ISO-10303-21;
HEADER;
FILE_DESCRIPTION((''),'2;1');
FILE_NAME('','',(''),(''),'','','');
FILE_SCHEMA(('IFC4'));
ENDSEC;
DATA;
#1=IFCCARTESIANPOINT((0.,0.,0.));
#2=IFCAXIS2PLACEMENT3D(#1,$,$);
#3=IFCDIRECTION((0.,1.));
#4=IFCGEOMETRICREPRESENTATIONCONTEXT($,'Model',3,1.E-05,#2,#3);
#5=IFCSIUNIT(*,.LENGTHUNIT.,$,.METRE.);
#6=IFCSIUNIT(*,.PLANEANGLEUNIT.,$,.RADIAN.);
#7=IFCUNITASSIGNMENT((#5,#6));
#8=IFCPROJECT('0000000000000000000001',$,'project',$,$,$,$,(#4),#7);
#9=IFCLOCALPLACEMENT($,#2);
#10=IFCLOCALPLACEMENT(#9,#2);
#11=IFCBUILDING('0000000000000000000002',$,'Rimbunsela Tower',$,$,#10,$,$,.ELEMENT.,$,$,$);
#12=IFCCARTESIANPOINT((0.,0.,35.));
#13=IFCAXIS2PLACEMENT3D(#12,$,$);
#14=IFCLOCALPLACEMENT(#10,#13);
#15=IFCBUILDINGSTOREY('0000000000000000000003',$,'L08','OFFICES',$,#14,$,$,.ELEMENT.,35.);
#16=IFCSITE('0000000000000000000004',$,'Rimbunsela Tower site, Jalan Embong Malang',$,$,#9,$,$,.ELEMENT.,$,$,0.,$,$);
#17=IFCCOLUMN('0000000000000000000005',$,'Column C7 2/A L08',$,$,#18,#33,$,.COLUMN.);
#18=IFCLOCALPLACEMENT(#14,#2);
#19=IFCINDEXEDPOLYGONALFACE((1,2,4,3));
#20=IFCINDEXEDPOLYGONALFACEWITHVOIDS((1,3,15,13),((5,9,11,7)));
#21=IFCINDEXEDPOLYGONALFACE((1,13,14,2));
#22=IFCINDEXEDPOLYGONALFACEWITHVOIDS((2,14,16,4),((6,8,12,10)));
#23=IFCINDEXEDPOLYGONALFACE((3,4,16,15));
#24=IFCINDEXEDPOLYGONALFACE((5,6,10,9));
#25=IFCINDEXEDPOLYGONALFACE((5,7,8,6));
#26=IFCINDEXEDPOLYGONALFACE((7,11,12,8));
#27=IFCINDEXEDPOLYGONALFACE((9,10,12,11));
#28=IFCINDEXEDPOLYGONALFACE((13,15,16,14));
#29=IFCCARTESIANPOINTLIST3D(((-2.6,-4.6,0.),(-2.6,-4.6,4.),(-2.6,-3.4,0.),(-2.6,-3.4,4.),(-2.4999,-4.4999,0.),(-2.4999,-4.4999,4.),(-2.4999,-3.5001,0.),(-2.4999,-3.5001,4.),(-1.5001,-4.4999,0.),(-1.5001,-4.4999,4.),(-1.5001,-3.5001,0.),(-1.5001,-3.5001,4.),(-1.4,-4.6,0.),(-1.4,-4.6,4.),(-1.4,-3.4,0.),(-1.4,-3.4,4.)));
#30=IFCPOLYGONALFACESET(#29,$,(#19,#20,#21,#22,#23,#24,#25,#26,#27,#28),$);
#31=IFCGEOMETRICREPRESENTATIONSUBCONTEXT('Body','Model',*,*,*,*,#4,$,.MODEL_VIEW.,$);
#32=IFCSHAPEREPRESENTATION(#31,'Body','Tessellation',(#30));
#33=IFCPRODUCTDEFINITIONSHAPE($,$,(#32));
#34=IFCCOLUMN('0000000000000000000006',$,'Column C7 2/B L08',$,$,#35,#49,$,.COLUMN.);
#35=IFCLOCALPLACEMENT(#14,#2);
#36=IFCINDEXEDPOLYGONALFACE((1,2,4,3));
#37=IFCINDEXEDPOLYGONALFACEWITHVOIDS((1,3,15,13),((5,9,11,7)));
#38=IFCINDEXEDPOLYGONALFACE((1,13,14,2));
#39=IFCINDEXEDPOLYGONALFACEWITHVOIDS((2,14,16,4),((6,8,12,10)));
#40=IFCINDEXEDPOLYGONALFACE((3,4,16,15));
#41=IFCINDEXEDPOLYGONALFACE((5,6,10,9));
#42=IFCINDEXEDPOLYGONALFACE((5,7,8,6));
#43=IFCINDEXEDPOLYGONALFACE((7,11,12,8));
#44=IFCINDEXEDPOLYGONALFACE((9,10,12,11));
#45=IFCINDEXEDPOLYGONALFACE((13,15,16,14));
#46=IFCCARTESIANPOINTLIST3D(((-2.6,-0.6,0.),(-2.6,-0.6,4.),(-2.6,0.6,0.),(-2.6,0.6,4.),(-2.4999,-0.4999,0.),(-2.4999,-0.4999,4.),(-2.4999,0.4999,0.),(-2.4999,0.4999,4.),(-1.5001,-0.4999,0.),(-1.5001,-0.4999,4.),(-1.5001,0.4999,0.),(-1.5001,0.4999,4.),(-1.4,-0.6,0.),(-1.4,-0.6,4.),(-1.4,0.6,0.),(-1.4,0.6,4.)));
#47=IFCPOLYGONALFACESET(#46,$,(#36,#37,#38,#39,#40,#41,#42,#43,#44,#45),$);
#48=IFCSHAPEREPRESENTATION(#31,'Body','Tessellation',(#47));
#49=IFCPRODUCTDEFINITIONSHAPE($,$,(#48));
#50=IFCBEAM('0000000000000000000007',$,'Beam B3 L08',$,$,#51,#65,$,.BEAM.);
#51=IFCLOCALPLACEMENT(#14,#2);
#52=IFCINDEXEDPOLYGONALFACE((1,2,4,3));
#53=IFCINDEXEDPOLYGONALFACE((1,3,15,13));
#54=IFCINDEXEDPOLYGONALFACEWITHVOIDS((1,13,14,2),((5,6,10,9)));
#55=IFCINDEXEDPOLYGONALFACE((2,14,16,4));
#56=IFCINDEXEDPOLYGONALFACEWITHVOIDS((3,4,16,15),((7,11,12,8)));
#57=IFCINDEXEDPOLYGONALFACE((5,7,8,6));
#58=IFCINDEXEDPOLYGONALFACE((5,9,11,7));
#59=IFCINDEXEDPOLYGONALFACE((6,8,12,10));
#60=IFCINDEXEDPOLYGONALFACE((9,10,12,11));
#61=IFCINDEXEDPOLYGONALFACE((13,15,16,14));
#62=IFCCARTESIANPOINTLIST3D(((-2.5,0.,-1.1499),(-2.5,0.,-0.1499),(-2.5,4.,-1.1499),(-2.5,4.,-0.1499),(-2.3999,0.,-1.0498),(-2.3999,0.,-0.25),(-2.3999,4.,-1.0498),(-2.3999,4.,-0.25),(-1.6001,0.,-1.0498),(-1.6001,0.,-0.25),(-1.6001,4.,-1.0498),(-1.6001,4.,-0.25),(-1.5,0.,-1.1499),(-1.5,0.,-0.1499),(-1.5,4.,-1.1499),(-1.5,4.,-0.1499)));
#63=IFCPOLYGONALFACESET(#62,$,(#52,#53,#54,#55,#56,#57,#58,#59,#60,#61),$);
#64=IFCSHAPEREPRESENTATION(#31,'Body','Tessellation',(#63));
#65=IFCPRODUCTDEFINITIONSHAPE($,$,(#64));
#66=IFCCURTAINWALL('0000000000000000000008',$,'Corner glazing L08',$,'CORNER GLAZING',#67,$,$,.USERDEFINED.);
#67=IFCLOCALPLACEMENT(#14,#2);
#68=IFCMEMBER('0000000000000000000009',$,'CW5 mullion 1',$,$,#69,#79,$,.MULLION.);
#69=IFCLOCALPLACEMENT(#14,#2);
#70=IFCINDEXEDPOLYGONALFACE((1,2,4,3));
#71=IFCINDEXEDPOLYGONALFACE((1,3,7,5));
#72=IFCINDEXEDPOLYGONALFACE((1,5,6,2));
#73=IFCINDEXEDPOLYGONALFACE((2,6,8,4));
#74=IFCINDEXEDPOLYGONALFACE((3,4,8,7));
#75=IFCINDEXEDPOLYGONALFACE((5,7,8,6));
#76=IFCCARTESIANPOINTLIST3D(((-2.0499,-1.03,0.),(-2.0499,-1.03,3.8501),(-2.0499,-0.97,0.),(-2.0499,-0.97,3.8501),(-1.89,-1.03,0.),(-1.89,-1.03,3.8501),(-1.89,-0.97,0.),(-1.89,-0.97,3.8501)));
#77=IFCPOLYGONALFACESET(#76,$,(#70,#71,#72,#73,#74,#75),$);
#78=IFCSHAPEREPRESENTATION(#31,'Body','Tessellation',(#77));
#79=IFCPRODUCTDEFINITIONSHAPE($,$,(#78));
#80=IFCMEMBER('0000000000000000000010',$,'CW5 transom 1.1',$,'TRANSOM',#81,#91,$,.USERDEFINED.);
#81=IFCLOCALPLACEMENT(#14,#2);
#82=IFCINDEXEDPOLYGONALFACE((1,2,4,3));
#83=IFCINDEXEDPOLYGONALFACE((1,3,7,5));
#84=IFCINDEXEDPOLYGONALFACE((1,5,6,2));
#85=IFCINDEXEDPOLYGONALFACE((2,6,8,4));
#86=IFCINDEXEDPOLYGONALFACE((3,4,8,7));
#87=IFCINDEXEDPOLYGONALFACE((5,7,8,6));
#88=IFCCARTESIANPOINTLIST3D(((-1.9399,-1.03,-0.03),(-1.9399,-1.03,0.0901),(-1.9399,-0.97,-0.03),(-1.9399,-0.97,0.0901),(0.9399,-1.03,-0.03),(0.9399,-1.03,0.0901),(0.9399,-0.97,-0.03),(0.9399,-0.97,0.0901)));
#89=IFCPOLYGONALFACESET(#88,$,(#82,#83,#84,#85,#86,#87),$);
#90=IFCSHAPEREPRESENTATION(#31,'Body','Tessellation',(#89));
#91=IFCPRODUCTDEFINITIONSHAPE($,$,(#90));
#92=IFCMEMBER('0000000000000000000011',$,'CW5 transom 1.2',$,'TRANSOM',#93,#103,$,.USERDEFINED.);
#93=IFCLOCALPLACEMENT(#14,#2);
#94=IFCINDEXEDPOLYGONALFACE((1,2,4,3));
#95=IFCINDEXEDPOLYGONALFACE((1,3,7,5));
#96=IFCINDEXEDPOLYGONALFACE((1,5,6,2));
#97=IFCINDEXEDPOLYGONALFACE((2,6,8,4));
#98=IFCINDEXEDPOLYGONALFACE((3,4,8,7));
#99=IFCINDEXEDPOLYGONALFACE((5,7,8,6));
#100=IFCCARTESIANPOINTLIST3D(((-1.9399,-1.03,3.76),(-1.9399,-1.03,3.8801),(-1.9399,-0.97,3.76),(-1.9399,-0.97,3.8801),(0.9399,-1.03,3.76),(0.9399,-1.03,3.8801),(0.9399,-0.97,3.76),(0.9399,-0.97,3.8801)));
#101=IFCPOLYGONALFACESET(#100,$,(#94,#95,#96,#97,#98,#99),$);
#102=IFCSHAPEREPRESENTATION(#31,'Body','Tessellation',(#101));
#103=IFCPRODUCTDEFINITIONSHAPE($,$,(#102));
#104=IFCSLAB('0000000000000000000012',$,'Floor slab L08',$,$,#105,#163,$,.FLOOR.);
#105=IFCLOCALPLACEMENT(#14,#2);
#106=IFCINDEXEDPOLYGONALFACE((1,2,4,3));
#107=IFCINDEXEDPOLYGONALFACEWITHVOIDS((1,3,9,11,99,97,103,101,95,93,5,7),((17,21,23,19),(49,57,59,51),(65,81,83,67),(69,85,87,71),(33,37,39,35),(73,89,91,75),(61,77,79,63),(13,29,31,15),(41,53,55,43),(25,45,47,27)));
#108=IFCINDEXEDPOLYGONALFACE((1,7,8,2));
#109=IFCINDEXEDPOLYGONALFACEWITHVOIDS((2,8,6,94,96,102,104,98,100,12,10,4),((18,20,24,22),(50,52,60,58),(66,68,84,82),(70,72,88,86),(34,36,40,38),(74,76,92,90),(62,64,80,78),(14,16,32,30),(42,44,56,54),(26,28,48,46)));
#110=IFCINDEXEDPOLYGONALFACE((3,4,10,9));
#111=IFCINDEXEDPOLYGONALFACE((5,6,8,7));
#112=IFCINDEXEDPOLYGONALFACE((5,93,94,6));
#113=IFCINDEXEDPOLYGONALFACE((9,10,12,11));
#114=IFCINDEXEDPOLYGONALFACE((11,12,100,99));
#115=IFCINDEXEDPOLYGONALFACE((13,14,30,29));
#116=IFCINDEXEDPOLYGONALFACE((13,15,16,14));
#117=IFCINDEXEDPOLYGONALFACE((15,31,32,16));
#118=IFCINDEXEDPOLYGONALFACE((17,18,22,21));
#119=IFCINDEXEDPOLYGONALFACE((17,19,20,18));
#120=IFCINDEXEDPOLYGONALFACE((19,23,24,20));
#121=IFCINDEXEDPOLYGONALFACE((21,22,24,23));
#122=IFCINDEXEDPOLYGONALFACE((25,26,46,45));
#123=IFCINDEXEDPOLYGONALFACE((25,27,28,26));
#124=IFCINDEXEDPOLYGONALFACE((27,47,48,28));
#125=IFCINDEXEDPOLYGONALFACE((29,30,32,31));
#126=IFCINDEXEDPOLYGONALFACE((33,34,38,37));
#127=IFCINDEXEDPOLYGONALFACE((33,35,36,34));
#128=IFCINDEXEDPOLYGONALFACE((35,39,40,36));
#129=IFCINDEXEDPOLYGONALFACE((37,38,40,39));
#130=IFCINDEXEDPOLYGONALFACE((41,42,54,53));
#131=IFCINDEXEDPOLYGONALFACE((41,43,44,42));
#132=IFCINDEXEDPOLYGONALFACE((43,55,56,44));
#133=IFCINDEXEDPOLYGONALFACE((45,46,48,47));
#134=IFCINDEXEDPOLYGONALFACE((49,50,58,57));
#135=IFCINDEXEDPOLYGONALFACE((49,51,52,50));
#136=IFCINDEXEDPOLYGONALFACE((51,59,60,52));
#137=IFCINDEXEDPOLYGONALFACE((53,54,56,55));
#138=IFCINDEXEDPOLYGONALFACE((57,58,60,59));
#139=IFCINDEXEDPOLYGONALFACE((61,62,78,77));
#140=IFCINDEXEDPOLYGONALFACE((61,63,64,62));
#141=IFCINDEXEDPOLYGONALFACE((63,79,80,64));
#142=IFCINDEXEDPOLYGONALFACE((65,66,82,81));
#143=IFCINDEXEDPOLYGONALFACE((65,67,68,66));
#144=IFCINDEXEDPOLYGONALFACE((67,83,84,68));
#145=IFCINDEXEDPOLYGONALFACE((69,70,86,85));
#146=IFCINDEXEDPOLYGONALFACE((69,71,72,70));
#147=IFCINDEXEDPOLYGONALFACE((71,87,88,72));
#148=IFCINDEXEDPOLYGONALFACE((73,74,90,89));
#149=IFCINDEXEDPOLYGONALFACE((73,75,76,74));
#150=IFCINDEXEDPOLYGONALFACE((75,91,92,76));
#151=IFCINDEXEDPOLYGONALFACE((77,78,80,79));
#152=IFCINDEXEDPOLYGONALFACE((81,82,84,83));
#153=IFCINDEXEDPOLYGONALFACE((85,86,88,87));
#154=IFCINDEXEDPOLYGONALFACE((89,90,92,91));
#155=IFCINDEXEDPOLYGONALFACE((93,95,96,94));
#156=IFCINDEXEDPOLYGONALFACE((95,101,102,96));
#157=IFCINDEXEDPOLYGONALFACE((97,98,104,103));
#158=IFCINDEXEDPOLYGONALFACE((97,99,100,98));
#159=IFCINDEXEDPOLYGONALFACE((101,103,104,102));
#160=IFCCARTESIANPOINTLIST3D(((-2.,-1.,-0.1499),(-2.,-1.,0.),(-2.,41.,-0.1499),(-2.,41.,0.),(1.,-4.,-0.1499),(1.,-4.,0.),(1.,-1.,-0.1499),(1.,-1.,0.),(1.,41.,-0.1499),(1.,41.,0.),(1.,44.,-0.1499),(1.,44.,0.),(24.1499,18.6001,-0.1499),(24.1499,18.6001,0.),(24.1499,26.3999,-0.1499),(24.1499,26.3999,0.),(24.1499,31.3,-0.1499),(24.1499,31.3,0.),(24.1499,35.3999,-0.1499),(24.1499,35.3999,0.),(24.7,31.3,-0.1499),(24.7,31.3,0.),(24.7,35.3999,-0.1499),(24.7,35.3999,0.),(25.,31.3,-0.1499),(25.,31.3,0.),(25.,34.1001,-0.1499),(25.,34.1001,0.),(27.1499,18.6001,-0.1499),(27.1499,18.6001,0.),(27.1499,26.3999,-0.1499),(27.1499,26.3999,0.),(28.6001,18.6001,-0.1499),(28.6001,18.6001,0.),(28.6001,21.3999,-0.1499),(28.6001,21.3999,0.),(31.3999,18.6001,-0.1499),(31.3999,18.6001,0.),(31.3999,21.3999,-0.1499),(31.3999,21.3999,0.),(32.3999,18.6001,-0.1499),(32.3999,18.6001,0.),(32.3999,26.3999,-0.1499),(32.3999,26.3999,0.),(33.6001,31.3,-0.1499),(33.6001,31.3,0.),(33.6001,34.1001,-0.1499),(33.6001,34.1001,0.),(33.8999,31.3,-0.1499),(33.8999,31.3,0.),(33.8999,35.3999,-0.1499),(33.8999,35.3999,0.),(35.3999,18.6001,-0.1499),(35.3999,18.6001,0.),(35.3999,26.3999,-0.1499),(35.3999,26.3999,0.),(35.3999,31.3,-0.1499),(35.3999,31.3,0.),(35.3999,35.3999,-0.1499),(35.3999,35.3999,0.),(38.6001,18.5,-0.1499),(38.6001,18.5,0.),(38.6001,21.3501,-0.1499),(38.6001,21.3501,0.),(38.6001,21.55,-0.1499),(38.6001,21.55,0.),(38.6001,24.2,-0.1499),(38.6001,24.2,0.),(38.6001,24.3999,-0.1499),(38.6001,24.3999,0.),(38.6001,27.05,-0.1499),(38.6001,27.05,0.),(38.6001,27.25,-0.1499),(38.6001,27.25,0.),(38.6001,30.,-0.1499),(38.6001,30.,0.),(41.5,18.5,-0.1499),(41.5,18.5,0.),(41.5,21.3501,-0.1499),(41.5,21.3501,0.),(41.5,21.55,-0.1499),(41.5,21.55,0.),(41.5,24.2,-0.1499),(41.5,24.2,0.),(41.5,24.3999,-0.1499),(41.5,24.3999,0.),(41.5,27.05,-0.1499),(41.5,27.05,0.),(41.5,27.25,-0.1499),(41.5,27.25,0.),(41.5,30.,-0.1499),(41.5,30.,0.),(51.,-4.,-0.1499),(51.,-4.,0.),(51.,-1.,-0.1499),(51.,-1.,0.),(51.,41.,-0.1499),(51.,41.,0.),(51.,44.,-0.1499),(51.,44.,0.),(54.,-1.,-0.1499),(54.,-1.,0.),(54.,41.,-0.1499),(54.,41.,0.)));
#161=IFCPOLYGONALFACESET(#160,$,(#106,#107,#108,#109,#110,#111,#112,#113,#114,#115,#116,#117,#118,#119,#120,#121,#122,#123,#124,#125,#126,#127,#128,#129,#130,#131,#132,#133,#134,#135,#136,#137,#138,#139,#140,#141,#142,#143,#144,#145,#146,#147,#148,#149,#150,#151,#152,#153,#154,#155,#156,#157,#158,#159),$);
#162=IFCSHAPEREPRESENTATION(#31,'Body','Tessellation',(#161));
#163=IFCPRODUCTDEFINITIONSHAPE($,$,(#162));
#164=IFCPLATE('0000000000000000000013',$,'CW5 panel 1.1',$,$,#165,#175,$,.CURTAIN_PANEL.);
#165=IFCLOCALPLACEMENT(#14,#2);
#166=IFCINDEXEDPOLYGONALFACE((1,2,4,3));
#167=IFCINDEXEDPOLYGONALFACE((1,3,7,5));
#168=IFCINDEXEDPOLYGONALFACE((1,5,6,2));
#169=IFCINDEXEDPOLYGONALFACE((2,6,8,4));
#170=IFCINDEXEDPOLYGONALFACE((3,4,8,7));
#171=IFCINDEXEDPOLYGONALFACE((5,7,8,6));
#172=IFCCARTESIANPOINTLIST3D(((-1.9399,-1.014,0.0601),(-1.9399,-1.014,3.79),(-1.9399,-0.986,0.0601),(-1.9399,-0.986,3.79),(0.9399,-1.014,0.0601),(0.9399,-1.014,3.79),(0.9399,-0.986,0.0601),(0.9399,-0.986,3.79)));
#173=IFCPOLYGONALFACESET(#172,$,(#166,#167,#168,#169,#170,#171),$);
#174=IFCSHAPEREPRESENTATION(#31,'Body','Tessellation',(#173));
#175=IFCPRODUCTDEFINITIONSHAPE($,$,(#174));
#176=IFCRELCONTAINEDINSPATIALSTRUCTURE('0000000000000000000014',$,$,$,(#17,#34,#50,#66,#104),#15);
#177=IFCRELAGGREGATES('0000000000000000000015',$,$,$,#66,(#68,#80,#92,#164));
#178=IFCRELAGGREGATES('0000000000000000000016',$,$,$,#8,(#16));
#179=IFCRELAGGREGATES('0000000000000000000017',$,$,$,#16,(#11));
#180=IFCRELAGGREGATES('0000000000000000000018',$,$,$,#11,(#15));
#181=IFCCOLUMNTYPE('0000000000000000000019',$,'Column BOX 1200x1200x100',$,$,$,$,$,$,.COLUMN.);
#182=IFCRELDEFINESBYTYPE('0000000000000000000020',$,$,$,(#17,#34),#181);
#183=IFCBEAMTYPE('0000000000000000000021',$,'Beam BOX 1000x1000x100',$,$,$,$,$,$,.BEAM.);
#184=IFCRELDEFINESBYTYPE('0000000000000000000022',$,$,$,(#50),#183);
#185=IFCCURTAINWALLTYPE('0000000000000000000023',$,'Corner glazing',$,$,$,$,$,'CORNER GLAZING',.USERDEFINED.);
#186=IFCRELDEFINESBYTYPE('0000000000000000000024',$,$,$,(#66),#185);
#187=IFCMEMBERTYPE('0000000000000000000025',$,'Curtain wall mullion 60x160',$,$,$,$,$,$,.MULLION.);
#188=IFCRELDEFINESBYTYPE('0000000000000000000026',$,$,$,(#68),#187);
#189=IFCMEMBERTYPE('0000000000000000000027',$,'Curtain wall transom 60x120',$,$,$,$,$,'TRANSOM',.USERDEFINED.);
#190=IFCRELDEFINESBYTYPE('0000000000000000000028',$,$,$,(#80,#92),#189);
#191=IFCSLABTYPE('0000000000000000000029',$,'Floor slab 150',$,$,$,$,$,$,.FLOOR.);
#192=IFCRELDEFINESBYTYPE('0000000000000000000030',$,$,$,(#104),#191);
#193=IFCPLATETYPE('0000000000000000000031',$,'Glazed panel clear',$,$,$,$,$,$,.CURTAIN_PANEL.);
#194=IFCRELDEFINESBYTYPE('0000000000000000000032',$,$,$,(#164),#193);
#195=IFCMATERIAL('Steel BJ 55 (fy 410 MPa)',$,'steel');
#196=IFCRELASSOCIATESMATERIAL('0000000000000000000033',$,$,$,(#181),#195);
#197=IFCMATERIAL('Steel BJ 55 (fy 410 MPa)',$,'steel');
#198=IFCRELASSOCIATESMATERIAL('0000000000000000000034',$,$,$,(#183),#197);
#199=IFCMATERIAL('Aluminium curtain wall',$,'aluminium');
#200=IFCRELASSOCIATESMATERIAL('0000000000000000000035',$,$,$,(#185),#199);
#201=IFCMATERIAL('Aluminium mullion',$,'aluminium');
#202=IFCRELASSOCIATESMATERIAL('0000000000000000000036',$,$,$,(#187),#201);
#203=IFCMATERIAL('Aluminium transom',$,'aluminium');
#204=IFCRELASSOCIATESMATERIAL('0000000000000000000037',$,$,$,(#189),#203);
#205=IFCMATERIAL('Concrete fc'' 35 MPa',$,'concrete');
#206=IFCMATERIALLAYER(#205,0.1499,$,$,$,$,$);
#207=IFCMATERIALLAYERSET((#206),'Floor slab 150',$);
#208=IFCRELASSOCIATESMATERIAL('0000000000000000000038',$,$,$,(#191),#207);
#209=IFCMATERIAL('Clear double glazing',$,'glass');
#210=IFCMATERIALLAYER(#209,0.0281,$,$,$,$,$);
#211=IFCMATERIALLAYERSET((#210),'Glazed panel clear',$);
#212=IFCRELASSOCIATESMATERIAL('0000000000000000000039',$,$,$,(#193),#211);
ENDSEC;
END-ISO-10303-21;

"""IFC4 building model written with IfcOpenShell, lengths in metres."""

from ifc_helpers import new_model, si_unit, direction, frame, origin, origin_2d, place, context, subcontext, project, spatial, polyline, rectangle, hollow_rectangle, outline, extrude, material, layer, layer_set, material_profile, profile_set, type_object, element, aggregate, save


model = new_model("IFC4")

# Units and contexts
model_context = context("Model", 3, precision=1e-05, world=origin(), true_north=direction((0.0, 1.0)))
body_context = subcontext(model_context, "Body", "Model", "MODEL_VIEW")
ifc_project = project(units=[si_unit("LENGTHUNIT", "METRE"), si_unit("PLANEANGLEUNIT", "RADIAN")], contexts=[model_context])

# Site, building, storey
site_placement = place(None, origin())
site = spatial("IfcSite", under=ifc_project, at=site_placement, Name="Rimbunsela Tower site, Jalan Embong Malang", CompositionType="ELEMENT", RefElevation=0.0)
building_placement = place(site_placement, origin())
building = spatial("IfcBuilding", under=site, at=building_placement, Name="Rimbunsela Tower", CompositionType="ELEMENT")
storey_placement = place(building_placement, frame((0.0, 0.0, 35.0)))
storey = spatial("IfcBuildingStorey", under=building, at=storey_placement, Name="L08", Description="OFFICES", CompositionType="ELEMENT", Elevation=35.0)

# Columns
ifc_material_1 = material(Name="Steel BJ 55 (fy 410 MPa)", Category="steel")
ifc_material_profile_1 = material_profile(ifc_material_1, hollow_rectangle(XDim=1.2, YDim=1.2, WallThickness=0.1001, at=origin_2d()), Name="BOX 1200x1200x100")
ifc_profile_set_1 = profile_set([ifc_material_profile_1], Name="Steel BJ 55 (fy 410 MPa)")
column_type = type_object("IfcColumnType", Name="Column BOX 1200x1200x100", PredefinedType="COLUMN", material=ifc_profile_set_1)
for number, where, z_axis, x_axis, name in (
    (1, (-2.0, -4.0, 0.0), (0.0, 0.0, 1.0), (1.0, 0.0, 0.0), "Column C7 2/A L08"),
    (2, (-2.0, 0.0, 0.0), (0.0, 0.0, 1.0), (1.0, 0.0, 0.0), "Column C7 2/B L08"),
):
    element("IfcColumn", number, at=place(storey_placement, frame(where, z_axis=z_axis, x_axis=x_axis)), inside=storey, type_object=column_type, Name=name, PredefinedType="COLUMN", context=body_context, shape_type="SweptSolid", body=[
        extrude(hollow_rectangle(XDim=1.2, YDim=1.2, WallThickness=0.1001, at=origin_2d()), origin(), (0.0, 0.0, 1.0), 4.0),
    ])

# Beam
ifc_material_2 = material(Name="Steel BJ 55 (fy 410 MPa)", Category="steel")
ifc_material_profile_2 = material_profile(ifc_material_2, hollow_rectangle(XDim=1.0, YDim=1.0, WallThickness=0.1001, at=origin_2d()), Name="BOX 1000x1000x100")
ifc_profile_set_2 = profile_set([ifc_material_profile_2], Name="Steel BJ 55 (fy 410 MPa)")
beam_type = type_object("IfcBeamType", Name="Beam BOX 1000x1000x100", PredefinedType="BEAM", material=ifc_profile_set_2)
beam_placement = place(storey_placement, frame((-2.0, 0.0, -0.6499), z_axis=(0.0, 1.0, 0.0), x_axis=(-1.0, 0.0, 0.0)))
element("IfcBeam", 3, at=beam_placement, inside=storey, type_object=beam_type, Name="Beam B3 L08", PredefinedType="BEAM", context=body_context, shape_type="SweptSolid", body=[
    extrude(hollow_rectangle(XDim=1.0, YDim=1.0, WallThickness=0.1001, at=origin_2d()), origin(), (0.0, 0.0, 1.0), 4.0),
])

# Curtain wall, members
ifc_material_3 = material(Name="Aluminium curtain wall", Category="aluminium")
curtain_wall_type = type_object("IfcCurtainWallType", Name="Corner glazing", ElementType="CORNER GLAZING", PredefinedType="USERDEFINED", material=ifc_material_3)
curtain_wall_placement = place(storey_placement, origin())
curtain_wall = element("IfcCurtainWall", 4, at=curtain_wall_placement, inside=storey, type_object=curtain_wall_type, Name="Corner glazing L08", ObjectType="CORNER GLAZING", PredefinedType="USERDEFINED")
ifc_material_4 = material(Name="Aluminium mullion", Category="aluminium")
ifc_material_profile_3 = material_profile(ifc_material_4, rectangle(XDim=0.0601, YDim=0.1599, at=origin_2d()), Name="Mullion 60x160")
ifc_profile_set_3 = profile_set([ifc_material_profile_3], Name="Aluminium mullion")
member_type_1 = type_object("IfcMemberType", Name="Curtain wall mullion 60x160", PredefinedType="MULLION", material=ifc_profile_set_3)
member_1_placement = place(storey_placement, frame((-1.97, -1.0, 0.0), z_axis=(0.0, 0.0, 1.0), x_axis=(0.0, 1.0, 0.0)))
member_1 = element("IfcMember", 5, at=member_1_placement, type_object=member_type_1, Name="CW5 mullion 1", PredefinedType="MULLION", context=body_context, shape_type="SweptSolid", body=[
    extrude(rectangle(XDim=0.0601, YDim=0.1599, at=origin_2d()), origin(), (0.0, 0.0, 1.0), 3.8501),
])
ifc_material_5 = material(Name="Aluminium transom", Category="aluminium")
ifc_material_profile_4 = material_profile(ifc_material_5, rectangle(XDim=0.0601, YDim=0.1201, at=origin_2d()), Name="Transom 60x120")
ifc_profile_set_4 = profile_set([ifc_material_profile_4], Name="Aluminium transom")
member_type_2 = type_object("IfcMemberType", Name="Curtain wall transom 60x120", ElementType="TRANSOM", PredefinedType="USERDEFINED", material=ifc_profile_set_4)
member_2_placement = place(storey_placement, frame((-1.9399, -1.0, 0.03), z_axis=(1.0, 0.0, 0.0), x_axis=(0.0, 1.0, 0.0)))
member_2 = element("IfcMember", 6, at=member_2_placement, type_object=member_type_2, Name="CW5 transom 1.1", ObjectType="TRANSOM", PredefinedType="USERDEFINED", context=body_context, shape_type="SweptSolid", body=[
    extrude(rectangle(XDim=0.0601, YDim=0.1201, at=origin_2d()), origin(), (0.0, 0.0, 1.0), 2.8799),
])
member_3_placement = place(storey_placement, frame((-1.9399, -1.0, 3.8201), z_axis=(1.0, 0.0, 0.0), x_axis=(0.0, 1.0, 0.0)))
member_3 = element("IfcMember", 7, at=member_3_placement, type_object=member_type_2, Name="CW5 transom 1.2", ObjectType="TRANSOM", PredefinedType="USERDEFINED", context=body_context, shape_type="SweptSolid", body=[
    extrude(rectangle(XDim=0.0601, YDim=0.1201, at=origin_2d()), origin(), (0.0, 0.0, 1.0), 2.8799),
])

# Slab
ifc_material_6 = material(Name="Concrete fc' 35 MPa", Category="concrete")
ifc_layer_1 = layer(ifc_material_6, 0.1499)
ifc_layer_set_1 = layer_set([ifc_layer_1], Name="Floor slab 150")
slab_type_1 = type_object("IfcSlabType", Name="Floor slab 150", PredefinedType="FLOOR", material=ifc_layer_set_1)
slab_1_placement = place(storey_placement, frame((0.0, 0.0, -0.1499)))
element("IfcSlab", 8, at=slab_1_placement, inside=storey, type_object=slab_type_1, Name="Floor slab L08", PredefinedType="FLOOR", context=body_context, shape_type="SweptSolid", body=[
    extrude(outline(polyline([(1.0, -4.0), (51.0, -4.0), (51.0, -1.0), (54.0, -1.0), (54.0, 41.0), (51.0, 41.0), (51.0, 44.0), (1.0, 44.0), (1.0, 41.0), (-2.0, 41.0), (-2.0, -1.0), (1.0, -1.0), (1.0, -4.0)]), holes=[polyline([(27.1499, 18.6001), (27.1499, 26.3999), (24.1499, 26.3999), (24.1499, 18.6001), (27.1499, 18.6001)]), polyline([(24.7, 31.3), (24.7, 35.3999), (24.1499, 35.3999), (24.1499, 31.3), (24.7, 31.3)]), polyline([(25.0, 34.1001), (25.0, 31.3), (33.6001, 31.3), (33.6001, 34.1001), (25.0, 34.1001)]), polyline([(31.3999, 21.3999), (28.6001, 21.3999), (28.6001, 18.6001), (31.3999, 18.6001), (31.3999, 21.3999)]), polyline([(35.3999, 18.6001), (35.3999, 26.3999), (32.3999, 26.3999), (32.3999, 18.6001), (35.3999, 18.6001)]), polyline([(35.3999, 31.3), (35.3999, 35.3999), (33.8999, 35.3999), (33.8999, 31.3), (35.3999, 31.3)]), polyline([(41.5, 21.3501), (38.6001, 21.3501), (38.6001, 18.5), (41.5, 18.5), (41.5, 21.3501)]), polyline([(41.5, 21.55), (41.5, 24.2), (38.6001, 24.2), (38.6001, 21.55), (41.5, 21.55)]), polyline([(41.5, 27.05), (38.6001, 27.05), (38.6001, 24.3999), (41.5, 24.3999), (41.5, 27.05)]), polyline([(41.5, 27.25), (41.5, 30.0), (38.6001, 30.0), (38.6001, 27.25), (41.5, 27.25)])]), origin(), (0.0, 0.0, 1.0), 0.1499),
])

# Plate
ifc_material_7 = material(Name="Clear double glazing", Category="glass")
ifc_layer_2 = layer(ifc_material_7, 0.0281)
ifc_layer_set_2 = layer_set([ifc_layer_2], Name="Glazed panel clear")
plate_type = type_object("IfcPlateType", Name="Glazed panel clear", PredefinedType="CURTAIN_PANEL", material=ifc_layer_set_2)
plate_placement = place(storey_placement, frame((-0.5, -1.0, 0.0601), z_axis=(0.0, 0.0, 1.0), x_axis=(1.0, 0.0, 0.0)))
plate = element("IfcPlate", 9, at=plate_placement, type_object=plate_type, Name="CW5 panel 1.1", PredefinedType="CURTAIN_PANEL", context=body_context, shape_type="SweptSolid", body=[
    extrude(rectangle(XDim=2.8799, YDim=0.0281, at=origin_2d()), origin(), (0.0, 0.0, 1.0), 3.73),
])
aggregate(curtain_wall, [member_1, member_2, member_3, plate])

save(model, "model.ifc")
